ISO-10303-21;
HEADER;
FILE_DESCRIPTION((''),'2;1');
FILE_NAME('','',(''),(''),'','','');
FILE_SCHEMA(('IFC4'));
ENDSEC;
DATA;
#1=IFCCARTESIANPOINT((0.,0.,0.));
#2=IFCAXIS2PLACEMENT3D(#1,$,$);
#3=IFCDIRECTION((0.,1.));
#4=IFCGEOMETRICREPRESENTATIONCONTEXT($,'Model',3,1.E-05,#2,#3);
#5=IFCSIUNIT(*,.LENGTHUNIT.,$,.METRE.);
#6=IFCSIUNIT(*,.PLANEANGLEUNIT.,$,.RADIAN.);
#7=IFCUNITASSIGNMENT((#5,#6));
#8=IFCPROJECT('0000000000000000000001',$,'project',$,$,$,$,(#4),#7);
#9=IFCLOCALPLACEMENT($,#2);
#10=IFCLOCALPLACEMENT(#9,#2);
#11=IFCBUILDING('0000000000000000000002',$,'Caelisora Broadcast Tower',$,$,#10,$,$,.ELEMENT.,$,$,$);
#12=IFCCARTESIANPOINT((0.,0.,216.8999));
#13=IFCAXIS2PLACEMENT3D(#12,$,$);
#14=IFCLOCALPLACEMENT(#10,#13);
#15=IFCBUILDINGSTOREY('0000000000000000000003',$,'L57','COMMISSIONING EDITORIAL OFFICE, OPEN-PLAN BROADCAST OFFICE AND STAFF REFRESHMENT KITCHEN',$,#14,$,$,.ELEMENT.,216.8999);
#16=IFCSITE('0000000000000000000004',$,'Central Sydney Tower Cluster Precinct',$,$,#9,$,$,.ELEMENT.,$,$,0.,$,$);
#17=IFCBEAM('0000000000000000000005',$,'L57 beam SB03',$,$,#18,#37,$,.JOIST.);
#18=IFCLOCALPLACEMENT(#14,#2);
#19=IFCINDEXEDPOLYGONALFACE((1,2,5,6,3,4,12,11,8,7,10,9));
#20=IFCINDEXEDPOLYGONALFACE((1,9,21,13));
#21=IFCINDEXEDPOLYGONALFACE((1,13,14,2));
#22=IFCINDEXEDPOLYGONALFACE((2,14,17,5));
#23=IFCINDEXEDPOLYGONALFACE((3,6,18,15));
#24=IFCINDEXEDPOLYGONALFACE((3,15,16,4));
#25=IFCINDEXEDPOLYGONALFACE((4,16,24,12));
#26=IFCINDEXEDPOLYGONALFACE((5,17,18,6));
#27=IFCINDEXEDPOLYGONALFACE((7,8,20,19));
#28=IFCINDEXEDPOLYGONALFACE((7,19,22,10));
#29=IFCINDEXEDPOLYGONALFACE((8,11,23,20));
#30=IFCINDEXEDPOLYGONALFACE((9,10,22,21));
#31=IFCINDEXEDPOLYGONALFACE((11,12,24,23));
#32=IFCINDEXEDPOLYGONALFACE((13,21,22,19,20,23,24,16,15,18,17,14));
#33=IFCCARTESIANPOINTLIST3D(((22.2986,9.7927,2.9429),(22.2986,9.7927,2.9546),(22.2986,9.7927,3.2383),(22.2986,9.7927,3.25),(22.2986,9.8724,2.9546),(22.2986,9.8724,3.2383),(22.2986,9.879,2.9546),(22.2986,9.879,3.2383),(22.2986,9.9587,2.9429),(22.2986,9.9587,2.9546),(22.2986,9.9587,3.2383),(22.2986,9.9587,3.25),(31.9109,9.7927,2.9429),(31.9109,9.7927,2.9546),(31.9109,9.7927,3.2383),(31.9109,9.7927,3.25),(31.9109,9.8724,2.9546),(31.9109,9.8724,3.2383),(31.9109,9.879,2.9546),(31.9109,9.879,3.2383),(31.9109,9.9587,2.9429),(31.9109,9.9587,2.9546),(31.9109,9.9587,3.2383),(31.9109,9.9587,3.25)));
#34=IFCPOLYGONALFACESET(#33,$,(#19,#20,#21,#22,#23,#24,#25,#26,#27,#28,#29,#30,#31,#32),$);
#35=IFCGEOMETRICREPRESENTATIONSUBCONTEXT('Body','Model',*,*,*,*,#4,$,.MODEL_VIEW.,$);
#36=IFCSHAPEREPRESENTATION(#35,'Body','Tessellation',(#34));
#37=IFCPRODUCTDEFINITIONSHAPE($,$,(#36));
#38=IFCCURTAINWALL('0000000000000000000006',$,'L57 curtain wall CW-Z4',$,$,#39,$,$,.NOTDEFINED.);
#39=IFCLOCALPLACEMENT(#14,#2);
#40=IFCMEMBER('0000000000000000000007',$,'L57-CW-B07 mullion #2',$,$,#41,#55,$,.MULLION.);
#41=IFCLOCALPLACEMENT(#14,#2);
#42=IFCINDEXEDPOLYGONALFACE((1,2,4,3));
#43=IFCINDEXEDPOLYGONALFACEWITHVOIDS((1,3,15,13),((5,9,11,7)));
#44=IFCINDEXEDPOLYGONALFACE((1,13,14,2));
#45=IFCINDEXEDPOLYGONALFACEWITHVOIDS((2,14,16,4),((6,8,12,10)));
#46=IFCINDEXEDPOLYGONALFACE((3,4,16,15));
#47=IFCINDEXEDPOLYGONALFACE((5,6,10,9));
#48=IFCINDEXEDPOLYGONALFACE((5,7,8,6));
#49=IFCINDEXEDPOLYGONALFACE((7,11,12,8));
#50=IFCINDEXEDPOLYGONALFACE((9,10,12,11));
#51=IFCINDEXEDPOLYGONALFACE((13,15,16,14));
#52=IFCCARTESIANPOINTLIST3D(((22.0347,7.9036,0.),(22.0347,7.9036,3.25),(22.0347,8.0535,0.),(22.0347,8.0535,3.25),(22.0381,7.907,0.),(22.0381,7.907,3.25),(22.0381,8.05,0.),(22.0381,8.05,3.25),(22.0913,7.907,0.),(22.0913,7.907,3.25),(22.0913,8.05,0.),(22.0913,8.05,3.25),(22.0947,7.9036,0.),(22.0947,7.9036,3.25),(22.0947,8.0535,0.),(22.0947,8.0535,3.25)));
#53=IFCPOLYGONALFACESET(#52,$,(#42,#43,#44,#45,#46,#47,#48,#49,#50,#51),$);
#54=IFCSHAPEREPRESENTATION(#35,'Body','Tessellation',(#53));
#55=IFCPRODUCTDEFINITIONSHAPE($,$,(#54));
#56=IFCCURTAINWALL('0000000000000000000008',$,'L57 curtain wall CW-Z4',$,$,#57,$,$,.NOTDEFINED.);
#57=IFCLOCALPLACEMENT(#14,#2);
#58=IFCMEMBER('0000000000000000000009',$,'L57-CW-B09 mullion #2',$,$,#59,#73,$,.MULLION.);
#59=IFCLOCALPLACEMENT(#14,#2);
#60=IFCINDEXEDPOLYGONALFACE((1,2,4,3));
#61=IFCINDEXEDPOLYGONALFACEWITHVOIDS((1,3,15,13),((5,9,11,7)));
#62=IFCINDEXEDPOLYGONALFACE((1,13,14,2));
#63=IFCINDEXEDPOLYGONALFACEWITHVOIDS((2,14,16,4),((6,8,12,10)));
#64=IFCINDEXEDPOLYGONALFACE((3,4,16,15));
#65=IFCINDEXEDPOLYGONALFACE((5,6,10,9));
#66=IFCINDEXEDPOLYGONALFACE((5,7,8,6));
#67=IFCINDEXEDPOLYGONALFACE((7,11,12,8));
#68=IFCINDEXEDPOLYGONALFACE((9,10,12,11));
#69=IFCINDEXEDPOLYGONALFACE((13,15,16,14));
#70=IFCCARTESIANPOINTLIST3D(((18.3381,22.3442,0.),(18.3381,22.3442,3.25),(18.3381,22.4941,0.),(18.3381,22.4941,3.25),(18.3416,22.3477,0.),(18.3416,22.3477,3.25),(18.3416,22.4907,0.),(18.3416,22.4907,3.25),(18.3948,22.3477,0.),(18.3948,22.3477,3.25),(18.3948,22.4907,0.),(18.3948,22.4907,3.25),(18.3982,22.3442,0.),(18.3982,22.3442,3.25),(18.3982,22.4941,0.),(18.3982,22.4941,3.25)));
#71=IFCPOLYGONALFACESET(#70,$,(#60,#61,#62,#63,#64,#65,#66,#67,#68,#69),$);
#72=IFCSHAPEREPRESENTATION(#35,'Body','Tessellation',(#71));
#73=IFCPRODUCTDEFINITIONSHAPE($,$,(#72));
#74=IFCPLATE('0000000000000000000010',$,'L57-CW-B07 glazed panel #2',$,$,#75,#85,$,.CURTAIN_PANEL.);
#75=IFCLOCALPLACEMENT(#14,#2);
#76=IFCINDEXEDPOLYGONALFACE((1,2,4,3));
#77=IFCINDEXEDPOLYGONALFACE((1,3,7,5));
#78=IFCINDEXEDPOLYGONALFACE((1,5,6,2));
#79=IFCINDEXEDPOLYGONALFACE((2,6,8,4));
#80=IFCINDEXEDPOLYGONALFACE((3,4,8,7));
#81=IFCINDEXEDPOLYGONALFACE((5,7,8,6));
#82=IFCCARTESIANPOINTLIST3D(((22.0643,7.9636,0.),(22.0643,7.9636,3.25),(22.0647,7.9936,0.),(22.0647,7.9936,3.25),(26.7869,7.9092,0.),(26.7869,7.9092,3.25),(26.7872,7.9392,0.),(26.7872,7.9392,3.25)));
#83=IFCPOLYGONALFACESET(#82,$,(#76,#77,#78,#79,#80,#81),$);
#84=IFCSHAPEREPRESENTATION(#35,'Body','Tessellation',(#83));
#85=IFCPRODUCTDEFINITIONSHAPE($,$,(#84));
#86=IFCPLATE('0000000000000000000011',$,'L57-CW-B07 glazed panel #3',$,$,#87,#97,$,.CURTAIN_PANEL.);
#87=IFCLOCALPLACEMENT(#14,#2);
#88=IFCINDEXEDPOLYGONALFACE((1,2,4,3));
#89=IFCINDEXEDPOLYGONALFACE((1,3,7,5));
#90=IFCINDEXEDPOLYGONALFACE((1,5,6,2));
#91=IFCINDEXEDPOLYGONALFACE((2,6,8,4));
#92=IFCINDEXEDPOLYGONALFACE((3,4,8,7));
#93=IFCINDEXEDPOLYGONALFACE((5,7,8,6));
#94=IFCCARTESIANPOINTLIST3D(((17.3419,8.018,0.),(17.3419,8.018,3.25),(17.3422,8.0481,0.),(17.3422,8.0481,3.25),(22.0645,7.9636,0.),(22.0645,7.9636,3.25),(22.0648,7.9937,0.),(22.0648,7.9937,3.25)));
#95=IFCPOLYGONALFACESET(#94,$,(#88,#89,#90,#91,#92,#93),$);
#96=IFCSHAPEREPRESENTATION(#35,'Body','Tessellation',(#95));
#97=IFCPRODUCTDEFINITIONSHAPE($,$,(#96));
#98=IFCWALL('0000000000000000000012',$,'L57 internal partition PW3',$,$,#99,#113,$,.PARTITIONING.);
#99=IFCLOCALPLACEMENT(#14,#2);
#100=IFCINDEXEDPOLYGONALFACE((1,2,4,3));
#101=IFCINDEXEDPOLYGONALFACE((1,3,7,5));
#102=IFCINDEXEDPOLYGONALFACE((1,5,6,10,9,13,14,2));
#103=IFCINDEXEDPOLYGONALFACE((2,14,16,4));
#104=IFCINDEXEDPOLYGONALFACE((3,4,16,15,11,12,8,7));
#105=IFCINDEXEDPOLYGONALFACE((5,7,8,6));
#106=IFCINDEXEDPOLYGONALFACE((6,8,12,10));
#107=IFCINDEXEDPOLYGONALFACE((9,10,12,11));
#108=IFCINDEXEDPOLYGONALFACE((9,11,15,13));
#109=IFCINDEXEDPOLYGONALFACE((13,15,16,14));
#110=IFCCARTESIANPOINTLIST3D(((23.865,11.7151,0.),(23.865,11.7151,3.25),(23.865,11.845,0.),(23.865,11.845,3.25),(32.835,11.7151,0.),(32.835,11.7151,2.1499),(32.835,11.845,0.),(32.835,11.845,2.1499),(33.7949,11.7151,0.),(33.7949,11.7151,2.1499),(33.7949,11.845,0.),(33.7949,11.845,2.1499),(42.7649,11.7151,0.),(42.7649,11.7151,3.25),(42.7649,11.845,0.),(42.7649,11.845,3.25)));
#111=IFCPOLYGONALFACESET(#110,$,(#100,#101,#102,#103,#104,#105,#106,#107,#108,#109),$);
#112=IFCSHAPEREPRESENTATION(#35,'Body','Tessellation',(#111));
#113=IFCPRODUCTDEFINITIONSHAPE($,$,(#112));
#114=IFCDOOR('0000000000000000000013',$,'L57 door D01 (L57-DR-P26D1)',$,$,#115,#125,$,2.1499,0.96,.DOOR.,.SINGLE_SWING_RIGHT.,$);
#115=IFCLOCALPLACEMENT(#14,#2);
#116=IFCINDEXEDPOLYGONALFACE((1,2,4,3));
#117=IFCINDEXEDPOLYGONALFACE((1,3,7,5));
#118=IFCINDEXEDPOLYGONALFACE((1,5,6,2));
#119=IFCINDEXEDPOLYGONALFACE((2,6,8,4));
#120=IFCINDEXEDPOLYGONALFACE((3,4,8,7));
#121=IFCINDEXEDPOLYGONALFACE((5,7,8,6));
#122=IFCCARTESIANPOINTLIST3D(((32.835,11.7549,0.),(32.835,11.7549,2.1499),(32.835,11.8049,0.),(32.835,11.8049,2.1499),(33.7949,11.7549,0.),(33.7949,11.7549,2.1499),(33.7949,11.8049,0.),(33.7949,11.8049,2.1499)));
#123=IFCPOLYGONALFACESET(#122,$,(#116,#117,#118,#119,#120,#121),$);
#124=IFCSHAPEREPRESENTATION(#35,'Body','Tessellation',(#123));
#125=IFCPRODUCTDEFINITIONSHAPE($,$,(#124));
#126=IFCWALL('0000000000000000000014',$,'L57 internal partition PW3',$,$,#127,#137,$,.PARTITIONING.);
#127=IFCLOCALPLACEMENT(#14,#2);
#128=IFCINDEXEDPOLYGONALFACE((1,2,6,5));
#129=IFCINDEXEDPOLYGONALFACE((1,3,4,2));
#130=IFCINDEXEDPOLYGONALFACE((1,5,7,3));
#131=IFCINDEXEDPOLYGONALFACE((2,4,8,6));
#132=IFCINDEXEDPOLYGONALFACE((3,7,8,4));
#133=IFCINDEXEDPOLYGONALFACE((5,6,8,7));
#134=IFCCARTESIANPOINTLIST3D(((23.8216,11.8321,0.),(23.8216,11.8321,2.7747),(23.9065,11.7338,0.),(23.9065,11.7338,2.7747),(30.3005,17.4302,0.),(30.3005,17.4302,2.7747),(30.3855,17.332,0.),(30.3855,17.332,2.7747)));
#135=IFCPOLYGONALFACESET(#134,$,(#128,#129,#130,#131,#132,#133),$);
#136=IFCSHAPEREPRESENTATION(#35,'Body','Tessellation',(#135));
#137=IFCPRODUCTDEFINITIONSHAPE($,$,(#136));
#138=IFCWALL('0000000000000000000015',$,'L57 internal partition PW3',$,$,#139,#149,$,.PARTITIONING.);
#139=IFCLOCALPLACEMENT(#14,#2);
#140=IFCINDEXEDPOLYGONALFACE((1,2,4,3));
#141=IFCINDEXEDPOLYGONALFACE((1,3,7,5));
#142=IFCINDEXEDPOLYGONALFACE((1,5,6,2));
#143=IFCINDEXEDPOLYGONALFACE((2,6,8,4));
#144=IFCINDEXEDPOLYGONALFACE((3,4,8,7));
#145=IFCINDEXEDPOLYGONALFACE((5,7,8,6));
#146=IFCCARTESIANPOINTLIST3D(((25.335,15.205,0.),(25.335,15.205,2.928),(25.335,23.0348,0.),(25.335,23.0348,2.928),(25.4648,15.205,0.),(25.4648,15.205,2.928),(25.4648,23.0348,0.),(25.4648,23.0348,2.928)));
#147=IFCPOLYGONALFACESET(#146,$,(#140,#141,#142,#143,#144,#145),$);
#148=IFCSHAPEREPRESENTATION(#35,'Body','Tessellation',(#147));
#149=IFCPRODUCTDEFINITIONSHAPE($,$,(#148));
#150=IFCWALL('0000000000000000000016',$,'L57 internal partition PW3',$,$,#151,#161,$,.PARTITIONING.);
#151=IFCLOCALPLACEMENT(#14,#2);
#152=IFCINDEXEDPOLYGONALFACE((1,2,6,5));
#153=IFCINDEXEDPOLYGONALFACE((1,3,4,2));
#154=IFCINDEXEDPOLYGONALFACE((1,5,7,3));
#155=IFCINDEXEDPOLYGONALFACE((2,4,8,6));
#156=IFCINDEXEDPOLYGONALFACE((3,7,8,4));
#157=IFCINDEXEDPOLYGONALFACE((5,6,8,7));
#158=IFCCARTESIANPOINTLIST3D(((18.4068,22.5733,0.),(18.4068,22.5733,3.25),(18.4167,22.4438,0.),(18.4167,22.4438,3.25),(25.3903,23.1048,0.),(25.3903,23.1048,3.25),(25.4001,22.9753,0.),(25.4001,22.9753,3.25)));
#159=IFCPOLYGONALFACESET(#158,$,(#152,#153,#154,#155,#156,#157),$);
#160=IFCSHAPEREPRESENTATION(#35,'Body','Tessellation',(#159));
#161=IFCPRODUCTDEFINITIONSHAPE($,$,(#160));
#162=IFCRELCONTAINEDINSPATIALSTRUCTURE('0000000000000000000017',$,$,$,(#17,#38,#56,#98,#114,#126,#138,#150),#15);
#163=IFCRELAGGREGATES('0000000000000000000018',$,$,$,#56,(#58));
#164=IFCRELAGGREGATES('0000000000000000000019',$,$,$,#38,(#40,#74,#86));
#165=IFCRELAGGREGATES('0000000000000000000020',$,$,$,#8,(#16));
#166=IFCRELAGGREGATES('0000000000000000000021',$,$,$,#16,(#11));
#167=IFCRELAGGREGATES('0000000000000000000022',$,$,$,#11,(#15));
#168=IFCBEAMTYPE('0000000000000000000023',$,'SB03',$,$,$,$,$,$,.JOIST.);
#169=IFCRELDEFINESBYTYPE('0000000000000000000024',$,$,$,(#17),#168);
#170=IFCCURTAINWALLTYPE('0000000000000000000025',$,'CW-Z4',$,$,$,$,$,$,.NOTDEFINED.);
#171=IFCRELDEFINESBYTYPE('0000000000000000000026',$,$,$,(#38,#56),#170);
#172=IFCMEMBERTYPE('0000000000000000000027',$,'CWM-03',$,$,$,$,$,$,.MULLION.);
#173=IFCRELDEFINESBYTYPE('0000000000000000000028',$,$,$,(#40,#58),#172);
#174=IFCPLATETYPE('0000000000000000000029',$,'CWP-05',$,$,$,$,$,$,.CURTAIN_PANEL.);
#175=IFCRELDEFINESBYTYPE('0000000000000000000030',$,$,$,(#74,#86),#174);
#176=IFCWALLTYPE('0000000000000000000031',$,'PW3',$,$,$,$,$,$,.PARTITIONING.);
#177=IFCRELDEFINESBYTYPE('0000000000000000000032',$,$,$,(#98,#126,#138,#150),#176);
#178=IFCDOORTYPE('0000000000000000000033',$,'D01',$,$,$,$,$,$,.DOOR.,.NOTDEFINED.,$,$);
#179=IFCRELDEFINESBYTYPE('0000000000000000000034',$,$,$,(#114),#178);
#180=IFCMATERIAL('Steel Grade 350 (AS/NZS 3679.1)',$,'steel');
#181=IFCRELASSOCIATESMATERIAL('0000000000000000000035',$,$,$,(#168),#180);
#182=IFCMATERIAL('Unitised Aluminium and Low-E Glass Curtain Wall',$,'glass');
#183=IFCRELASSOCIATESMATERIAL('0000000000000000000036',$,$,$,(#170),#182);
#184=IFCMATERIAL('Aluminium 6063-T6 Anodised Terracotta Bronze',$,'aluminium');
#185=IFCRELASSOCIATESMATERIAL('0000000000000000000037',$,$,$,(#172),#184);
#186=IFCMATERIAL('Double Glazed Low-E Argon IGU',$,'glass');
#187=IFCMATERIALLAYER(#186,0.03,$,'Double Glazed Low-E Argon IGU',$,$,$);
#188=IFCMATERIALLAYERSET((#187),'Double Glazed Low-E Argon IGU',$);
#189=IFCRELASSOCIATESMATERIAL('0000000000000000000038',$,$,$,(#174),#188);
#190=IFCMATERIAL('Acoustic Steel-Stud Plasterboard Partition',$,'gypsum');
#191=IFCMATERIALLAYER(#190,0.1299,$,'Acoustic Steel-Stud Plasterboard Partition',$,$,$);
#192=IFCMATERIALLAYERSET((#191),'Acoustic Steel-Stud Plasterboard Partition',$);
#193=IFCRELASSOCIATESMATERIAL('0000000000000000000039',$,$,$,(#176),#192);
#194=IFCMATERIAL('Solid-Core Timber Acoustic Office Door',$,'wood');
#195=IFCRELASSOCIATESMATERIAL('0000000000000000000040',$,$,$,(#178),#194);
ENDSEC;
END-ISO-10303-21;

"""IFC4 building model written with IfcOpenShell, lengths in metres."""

from ifc_helpers import new_model, si_unit, direction, frame, frame_2d, origin, origin_2d, place, context, subcontext, project, spatial, rectangle, hollow_rectangle, i_section, extrude, source, transform, mapped, material, layer, layer_set, material_profile, profile_set, type_object, type_shapes, element, fill, aggregate, save


model = new_model("IFC4")

# Units and contexts
model_context = context("Model", 3, precision=1e-05, world=origin(), true_north=direction((0.0, 1.0)))
body_context = subcontext(model_context, "Body", "Model", "MODEL_VIEW")
ifc_project = project(units=[si_unit("LENGTHUNIT", "METRE"), si_unit("PLANEANGLEUNIT", "RADIAN")], contexts=[model_context])

# Site, building, storey
site_placement = place(None, origin())
site = spatial("IfcSite", under=ifc_project, at=site_placement, Name="Central Sydney Tower Cluster Precinct", CompositionType="ELEMENT", RefElevation=0.0)
building_placement = place(site_placement, origin())
building = spatial("IfcBuilding", under=site, at=building_placement, Name="Caelisora Broadcast Tower", CompositionType="ELEMENT")
storey_placement = place(building_placement, frame((0.0, 0.0, 216.8999)))
storey = spatial("IfcBuildingStorey", under=building, at=storey_placement, Name="L57", Description="COMMISSIONING EDITORIAL OFFICE, OPEN-PLAN BROADCAST OFFICE AND STAFF REFRESHMENT KITCHEN", CompositionType="ELEMENT", Elevation=216.8999)

# Beam
ifc_material_1 = material(Name="Steel Grade 350 (AS/NZS 3679.1)", Category="steel")
ifc_material_profile_1 = material_profile(ifc_material_1, i_section(OverallWidth=0.166, OverallDepth=0.3071, WebThickness=0.0066, FlangeThickness=0.0117, at=origin_2d()), Name="Steel Grade 350 (AS/NZS 3679.1)")
ifc_profile_set_1 = profile_set([ifc_material_profile_1], Name="Steel Grade 350 (AS/NZS 3679.1)")
beam_type_1 = type_object("IfcBeamType", Name="SB03", PredefinedType="JOIST", material=ifc_profile_set_1)
shared_shape_1 = source(origin(), body_context, "Body", "SweptSolid", [
    extrude(i_section(OverallWidth=0.166, OverallDepth=0.3071, WebThickness=0.0066, FlangeThickness=0.0117, at=origin_2d()), origin(), (0.0, 0.0, 1.0), 9.6123),
])
beam_1_placement = place(storey_placement, frame((22.2986, 9.8757, 3.0964), z_axis=(1.0, 0.0, 0.0), x_axis=(0.0, 1.0, 0.0)))
element("IfcBeam", 1, at=beam_1_placement, inside=storey, type_object=beam_type_1, Name="L57 beam SB03", PredefinedType="JOIST", context=body_context, shape_type="MappedRepresentation", body=[
    mapped(shared_shape_1, transform((0.0, 0.0, 0.0), scale=1.0)),
])

# Curtain walls, members
ifc_material_2 = material(Name="Unitised Aluminium and Low-E Glass Curtain Wall", Category="glass")
curtain_wall_type = type_object("IfcCurtainWallType", Name="CW-Z4", PredefinedType="NOTDEFINED", material=ifc_material_2)
curtain_wall_1_placement = place(storey_placement, origin())
curtain_wall_1 = element("IfcCurtainWall", 2, at=curtain_wall_1_placement, inside=storey, type_object=curtain_wall_type, Name="L57 curtain wall CW-Z4", PredefinedType="NOTDEFINED")
ifc_material_3 = material(Name="Aluminium 6063-T6 Anodised Terracotta Bronze", Category="aluminium")
ifc_material_profile_2 = material_profile(ifc_material_3, hollow_rectangle(XDim=0.0601, YDim=0.1499, WallThickness=0.0034, at=origin_2d()), Name="Aluminium 6063-T6 Anodised Terracotta Bronze")
ifc_profile_set_2 = profile_set([ifc_material_profile_2], Name="Aluminium 6063-T6 Anodised Terracotta Bronze")
member_type = type_object("IfcMemberType", Name="CWM-03", PredefinedType="MULLION", material=ifc_profile_set_2)
shared_shape_2 = source(origin(), body_context, "Body", "SweptSolid", [
    extrude(hollow_rectangle(XDim=0.0601, YDim=0.1499, WallThickness=0.0034, at=origin_2d()), origin(), (0.0, 0.0, 1.0), 3.25),
])
type_shapes(member_type, [shared_shape_2])
member_1_placement = place(storey_placement, frame((22.0647, 7.9785, 0.0), z_axis=(0.0, 0.0, 1.0), x_axis=(1.0, 0.0, 0.0)))
member_1 = element("IfcMember", 3, at=member_1_placement, type_object=member_type, Name="L57-CW-B07 mullion #2", PredefinedType="MULLION", context=body_context, shape_type="MappedRepresentation", body=[
    mapped(shared_shape_2, transform((0.0, 0.0, 0.0), scale=1.0)),
])
curtain_wall_2_placement = place(storey_placement, origin())
curtain_wall_2 = element("IfcCurtainWall", 4, at=curtain_wall_2_placement, inside=storey, type_object=curtain_wall_type, Name="L57 curtain wall CW-Z4", PredefinedType="NOTDEFINED")
member_2_placement = place(storey_placement, frame((18.3682, 22.4192, 0.0), z_axis=(0.0, 0.0, 1.0), x_axis=(1.0, 0.0, 0.0)))
member_2 = element("IfcMember", 5, at=member_2_placement, type_object=member_type, Name="L57-CW-B09 mullion #2", PredefinedType="MULLION", context=body_context, shape_type="MappedRepresentation", body=[
    mapped(shared_shape_2, transform((0.0, 0.0, 0.0), scale=1.0)),
])
aggregate(curtain_wall_2, [member_2])

# Plates
ifc_material_4 = material(Name="Double Glazed Low-E Argon IGU", Category="glass")
ifc_layer_1 = layer(ifc_material_4, 0.03, Name="Double Glazed Low-E Argon IGU")
ifc_layer_set_1 = layer_set([ifc_layer_1], Name="Double Glazed Low-E Argon IGU")
plate_type = type_object("IfcPlateType", Name="CWP-05", PredefinedType="CURTAIN_PANEL", material=ifc_layer_set_1)
shared_shape_3 = source(origin(), body_context, "Body", "SweptSolid", [
    extrude(rectangle(XDim=4.7229, YDim=0.03, at=origin_2d()), origin(), (0.0, 0.0, 1.0), 3.25),
])
type_shapes(plate_type, [shared_shape_3])
plate_1_placement = place(storey_placement, frame((24.4258, 7.9514, 0.0), z_axis=(0.0, 0.0, 1.0), x_axis=(-0.999934, 0.011519, 0.0)))
plate_1 = element("IfcPlate", 6, at=plate_1_placement, type_object=plate_type, Name="L57-CW-B07 glazed panel #2", PredefinedType="CURTAIN_PANEL", context=body_context, shape_type="MappedRepresentation", body=[
    mapped(shared_shape_3, transform((0.0, 0.0, 0.0), scale=1.0)),
])
plate_2_placement = place(storey_placement, frame((19.7034, 8.0059, 0.0), z_axis=(0.0, 0.0, 1.0), x_axis=(-0.999934, 0.011519, 0.0)))
plate_2 = element("IfcPlate", 7, at=plate_2_placement, type_object=plate_type, Name="L57-CW-B07 glazed panel #3", PredefinedType="CURTAIN_PANEL", context=body_context, shape_type="MappedRepresentation", body=[
    mapped(shared_shape_3, transform((0.0, 0.0, 0.0), scale=1.0)),
])
aggregate(curtain_wall_1, [member_1, plate_1, plate_2])

# Wall, opening, door
ifc_material_5 = material(Name="Acoustic Steel-Stud Plasterboard Partition", Category="gypsum")
ifc_layer_2 = layer(ifc_material_5, 0.1299, Name="Acoustic Steel-Stud Plasterboard Partition")
ifc_layer_set_2 = layer_set([ifc_layer_2], Name="Acoustic Steel-Stud Plasterboard Partition")
wall_type = type_object("IfcWallType", Name="PW3", PredefinedType="PARTITIONING", material=ifc_layer_set_2)
wall_1_placement = place(storey_placement, frame((23.865, 11.78, 0.0), z_axis=(0.0, 0.0, 1.0), x_axis=(1.0, 0.0, 0.0)))
wall_1 = element("IfcWall", 8, at=wall_1_placement, inside=storey, type_object=wall_type, Name="L57 internal partition PW3", PredefinedType="PARTITIONING", context=body_context, shape_type="SweptSolid", body=[
    extrude(rectangle(XDim=18.8999, YDim=0.1299, at=frame_2d((9.45, 0.0))), origin(), (0.0, 0.0, 1.0), 3.25),
])
opening_1_placement = place(wall_1_placement, frame((8.97, 0.0, 0.0)))
opening_1 = element("IfcOpeningElement", 9, at=opening_1_placement, cuts=wall_1, PredefinedType="OPENING", context=body_context, shape_type="SweptSolid", body=[
    extrude(rectangle(XDim=0.96, YDim=2.1499, at=frame_2d((0.48, 1.075))), frame((0.0, 0.0769, 0.0), z_axis=(0.0, -1.0, 0.0), x_axis=(1.0, 0.0, 0.0)), (0.0, 0.0, 1.0), 0.1538),
])
ifc_material_6 = material(Name="Solid-Core Timber Acoustic Office Door", Category="wood")
door_type = type_object("IfcDoorType", Name="D01", OperationType="NOTDEFINED", PredefinedType="DOOR", material=ifc_material_6)
door_1_placement = place(opening_1_placement, origin())
door_1 = element("IfcDoor", 10, at=door_1_placement, inside=storey, type_object=door_type, Name="L57 door D01 (L57-DR-P26D1)", OperationType="SINGLE_SWING_RIGHT", OverallHeight=2.1499, OverallWidth=0.96, PredefinedType="DOOR", context=body_context, shape_type="SweptSolid", body=[
    extrude(rectangle(XDim=0.96, YDim=2.1499, at=frame_2d((0.48, 1.075))), frame((0.0, 0.0249, 0.0), z_axis=(0.0, -1.0, 0.0), x_axis=(1.0, 0.0, 0.0)), (0.0, 0.0, 1.0), 0.05),
])
fill(opening_1, door_1)

# Walls
wall_2_placement = place(storey_placement, frame((23.864, 11.783, 0.0), z_axis=(0.0, 0.0, 1.0), x_axis=(0.75667, 0.653797, 0.0)))
element("IfcWall", 11, at=wall_2_placement, inside=storey, type_object=wall_type, Name="L57 internal partition PW3", PredefinedType="PARTITIONING", context=body_context, shape_type="SweptSolid", body=[
    extrude(rectangle(XDim=8.5625, YDim=0.1299, at=frame_2d((4.2812, 0.0))), origin(), (0.0, 0.0, 1.0), 2.7747),
])
wall_3_placement = place(storey_placement, frame((25.3999, 23.0349, 0.0), z_axis=(0.0, 0.0, 1.0), x_axis=(0.0, -1.0, 0.0)))
element("IfcWall", 12, at=wall_3_placement, inside=storey, type_object=wall_type, Name="L57 internal partition PW3", PredefinedType="PARTITIONING", context=body_context, shape_type="SweptSolid", body=[
    extrude(rectangle(XDim=7.8298, YDim=0.1299, at=frame_2d((3.915, 0.0))), origin(), (0.0, 0.0, 1.0), 2.928),
])
wall_4_placement = place(storey_placement, frame((18.4116, 22.5085, 0.0), z_axis=(0.0, 0.0, 1.0), x_axis=(0.997116, 0.075889, 0.0)))
element("IfcWall", 13, at=wall_4_placement, inside=storey, type_object=wall_type, Name="L57 internal partition PW3", PredefinedType="PARTITIONING", context=body_context, shape_type="SweptSolid", body=[
    extrude(rectangle(XDim=7.0037, YDim=0.1299, at=frame_2d((3.502, 0.0))), origin(), (0.0, 0.0, 1.0), 3.25),
])

save(model, "model.ifc")
